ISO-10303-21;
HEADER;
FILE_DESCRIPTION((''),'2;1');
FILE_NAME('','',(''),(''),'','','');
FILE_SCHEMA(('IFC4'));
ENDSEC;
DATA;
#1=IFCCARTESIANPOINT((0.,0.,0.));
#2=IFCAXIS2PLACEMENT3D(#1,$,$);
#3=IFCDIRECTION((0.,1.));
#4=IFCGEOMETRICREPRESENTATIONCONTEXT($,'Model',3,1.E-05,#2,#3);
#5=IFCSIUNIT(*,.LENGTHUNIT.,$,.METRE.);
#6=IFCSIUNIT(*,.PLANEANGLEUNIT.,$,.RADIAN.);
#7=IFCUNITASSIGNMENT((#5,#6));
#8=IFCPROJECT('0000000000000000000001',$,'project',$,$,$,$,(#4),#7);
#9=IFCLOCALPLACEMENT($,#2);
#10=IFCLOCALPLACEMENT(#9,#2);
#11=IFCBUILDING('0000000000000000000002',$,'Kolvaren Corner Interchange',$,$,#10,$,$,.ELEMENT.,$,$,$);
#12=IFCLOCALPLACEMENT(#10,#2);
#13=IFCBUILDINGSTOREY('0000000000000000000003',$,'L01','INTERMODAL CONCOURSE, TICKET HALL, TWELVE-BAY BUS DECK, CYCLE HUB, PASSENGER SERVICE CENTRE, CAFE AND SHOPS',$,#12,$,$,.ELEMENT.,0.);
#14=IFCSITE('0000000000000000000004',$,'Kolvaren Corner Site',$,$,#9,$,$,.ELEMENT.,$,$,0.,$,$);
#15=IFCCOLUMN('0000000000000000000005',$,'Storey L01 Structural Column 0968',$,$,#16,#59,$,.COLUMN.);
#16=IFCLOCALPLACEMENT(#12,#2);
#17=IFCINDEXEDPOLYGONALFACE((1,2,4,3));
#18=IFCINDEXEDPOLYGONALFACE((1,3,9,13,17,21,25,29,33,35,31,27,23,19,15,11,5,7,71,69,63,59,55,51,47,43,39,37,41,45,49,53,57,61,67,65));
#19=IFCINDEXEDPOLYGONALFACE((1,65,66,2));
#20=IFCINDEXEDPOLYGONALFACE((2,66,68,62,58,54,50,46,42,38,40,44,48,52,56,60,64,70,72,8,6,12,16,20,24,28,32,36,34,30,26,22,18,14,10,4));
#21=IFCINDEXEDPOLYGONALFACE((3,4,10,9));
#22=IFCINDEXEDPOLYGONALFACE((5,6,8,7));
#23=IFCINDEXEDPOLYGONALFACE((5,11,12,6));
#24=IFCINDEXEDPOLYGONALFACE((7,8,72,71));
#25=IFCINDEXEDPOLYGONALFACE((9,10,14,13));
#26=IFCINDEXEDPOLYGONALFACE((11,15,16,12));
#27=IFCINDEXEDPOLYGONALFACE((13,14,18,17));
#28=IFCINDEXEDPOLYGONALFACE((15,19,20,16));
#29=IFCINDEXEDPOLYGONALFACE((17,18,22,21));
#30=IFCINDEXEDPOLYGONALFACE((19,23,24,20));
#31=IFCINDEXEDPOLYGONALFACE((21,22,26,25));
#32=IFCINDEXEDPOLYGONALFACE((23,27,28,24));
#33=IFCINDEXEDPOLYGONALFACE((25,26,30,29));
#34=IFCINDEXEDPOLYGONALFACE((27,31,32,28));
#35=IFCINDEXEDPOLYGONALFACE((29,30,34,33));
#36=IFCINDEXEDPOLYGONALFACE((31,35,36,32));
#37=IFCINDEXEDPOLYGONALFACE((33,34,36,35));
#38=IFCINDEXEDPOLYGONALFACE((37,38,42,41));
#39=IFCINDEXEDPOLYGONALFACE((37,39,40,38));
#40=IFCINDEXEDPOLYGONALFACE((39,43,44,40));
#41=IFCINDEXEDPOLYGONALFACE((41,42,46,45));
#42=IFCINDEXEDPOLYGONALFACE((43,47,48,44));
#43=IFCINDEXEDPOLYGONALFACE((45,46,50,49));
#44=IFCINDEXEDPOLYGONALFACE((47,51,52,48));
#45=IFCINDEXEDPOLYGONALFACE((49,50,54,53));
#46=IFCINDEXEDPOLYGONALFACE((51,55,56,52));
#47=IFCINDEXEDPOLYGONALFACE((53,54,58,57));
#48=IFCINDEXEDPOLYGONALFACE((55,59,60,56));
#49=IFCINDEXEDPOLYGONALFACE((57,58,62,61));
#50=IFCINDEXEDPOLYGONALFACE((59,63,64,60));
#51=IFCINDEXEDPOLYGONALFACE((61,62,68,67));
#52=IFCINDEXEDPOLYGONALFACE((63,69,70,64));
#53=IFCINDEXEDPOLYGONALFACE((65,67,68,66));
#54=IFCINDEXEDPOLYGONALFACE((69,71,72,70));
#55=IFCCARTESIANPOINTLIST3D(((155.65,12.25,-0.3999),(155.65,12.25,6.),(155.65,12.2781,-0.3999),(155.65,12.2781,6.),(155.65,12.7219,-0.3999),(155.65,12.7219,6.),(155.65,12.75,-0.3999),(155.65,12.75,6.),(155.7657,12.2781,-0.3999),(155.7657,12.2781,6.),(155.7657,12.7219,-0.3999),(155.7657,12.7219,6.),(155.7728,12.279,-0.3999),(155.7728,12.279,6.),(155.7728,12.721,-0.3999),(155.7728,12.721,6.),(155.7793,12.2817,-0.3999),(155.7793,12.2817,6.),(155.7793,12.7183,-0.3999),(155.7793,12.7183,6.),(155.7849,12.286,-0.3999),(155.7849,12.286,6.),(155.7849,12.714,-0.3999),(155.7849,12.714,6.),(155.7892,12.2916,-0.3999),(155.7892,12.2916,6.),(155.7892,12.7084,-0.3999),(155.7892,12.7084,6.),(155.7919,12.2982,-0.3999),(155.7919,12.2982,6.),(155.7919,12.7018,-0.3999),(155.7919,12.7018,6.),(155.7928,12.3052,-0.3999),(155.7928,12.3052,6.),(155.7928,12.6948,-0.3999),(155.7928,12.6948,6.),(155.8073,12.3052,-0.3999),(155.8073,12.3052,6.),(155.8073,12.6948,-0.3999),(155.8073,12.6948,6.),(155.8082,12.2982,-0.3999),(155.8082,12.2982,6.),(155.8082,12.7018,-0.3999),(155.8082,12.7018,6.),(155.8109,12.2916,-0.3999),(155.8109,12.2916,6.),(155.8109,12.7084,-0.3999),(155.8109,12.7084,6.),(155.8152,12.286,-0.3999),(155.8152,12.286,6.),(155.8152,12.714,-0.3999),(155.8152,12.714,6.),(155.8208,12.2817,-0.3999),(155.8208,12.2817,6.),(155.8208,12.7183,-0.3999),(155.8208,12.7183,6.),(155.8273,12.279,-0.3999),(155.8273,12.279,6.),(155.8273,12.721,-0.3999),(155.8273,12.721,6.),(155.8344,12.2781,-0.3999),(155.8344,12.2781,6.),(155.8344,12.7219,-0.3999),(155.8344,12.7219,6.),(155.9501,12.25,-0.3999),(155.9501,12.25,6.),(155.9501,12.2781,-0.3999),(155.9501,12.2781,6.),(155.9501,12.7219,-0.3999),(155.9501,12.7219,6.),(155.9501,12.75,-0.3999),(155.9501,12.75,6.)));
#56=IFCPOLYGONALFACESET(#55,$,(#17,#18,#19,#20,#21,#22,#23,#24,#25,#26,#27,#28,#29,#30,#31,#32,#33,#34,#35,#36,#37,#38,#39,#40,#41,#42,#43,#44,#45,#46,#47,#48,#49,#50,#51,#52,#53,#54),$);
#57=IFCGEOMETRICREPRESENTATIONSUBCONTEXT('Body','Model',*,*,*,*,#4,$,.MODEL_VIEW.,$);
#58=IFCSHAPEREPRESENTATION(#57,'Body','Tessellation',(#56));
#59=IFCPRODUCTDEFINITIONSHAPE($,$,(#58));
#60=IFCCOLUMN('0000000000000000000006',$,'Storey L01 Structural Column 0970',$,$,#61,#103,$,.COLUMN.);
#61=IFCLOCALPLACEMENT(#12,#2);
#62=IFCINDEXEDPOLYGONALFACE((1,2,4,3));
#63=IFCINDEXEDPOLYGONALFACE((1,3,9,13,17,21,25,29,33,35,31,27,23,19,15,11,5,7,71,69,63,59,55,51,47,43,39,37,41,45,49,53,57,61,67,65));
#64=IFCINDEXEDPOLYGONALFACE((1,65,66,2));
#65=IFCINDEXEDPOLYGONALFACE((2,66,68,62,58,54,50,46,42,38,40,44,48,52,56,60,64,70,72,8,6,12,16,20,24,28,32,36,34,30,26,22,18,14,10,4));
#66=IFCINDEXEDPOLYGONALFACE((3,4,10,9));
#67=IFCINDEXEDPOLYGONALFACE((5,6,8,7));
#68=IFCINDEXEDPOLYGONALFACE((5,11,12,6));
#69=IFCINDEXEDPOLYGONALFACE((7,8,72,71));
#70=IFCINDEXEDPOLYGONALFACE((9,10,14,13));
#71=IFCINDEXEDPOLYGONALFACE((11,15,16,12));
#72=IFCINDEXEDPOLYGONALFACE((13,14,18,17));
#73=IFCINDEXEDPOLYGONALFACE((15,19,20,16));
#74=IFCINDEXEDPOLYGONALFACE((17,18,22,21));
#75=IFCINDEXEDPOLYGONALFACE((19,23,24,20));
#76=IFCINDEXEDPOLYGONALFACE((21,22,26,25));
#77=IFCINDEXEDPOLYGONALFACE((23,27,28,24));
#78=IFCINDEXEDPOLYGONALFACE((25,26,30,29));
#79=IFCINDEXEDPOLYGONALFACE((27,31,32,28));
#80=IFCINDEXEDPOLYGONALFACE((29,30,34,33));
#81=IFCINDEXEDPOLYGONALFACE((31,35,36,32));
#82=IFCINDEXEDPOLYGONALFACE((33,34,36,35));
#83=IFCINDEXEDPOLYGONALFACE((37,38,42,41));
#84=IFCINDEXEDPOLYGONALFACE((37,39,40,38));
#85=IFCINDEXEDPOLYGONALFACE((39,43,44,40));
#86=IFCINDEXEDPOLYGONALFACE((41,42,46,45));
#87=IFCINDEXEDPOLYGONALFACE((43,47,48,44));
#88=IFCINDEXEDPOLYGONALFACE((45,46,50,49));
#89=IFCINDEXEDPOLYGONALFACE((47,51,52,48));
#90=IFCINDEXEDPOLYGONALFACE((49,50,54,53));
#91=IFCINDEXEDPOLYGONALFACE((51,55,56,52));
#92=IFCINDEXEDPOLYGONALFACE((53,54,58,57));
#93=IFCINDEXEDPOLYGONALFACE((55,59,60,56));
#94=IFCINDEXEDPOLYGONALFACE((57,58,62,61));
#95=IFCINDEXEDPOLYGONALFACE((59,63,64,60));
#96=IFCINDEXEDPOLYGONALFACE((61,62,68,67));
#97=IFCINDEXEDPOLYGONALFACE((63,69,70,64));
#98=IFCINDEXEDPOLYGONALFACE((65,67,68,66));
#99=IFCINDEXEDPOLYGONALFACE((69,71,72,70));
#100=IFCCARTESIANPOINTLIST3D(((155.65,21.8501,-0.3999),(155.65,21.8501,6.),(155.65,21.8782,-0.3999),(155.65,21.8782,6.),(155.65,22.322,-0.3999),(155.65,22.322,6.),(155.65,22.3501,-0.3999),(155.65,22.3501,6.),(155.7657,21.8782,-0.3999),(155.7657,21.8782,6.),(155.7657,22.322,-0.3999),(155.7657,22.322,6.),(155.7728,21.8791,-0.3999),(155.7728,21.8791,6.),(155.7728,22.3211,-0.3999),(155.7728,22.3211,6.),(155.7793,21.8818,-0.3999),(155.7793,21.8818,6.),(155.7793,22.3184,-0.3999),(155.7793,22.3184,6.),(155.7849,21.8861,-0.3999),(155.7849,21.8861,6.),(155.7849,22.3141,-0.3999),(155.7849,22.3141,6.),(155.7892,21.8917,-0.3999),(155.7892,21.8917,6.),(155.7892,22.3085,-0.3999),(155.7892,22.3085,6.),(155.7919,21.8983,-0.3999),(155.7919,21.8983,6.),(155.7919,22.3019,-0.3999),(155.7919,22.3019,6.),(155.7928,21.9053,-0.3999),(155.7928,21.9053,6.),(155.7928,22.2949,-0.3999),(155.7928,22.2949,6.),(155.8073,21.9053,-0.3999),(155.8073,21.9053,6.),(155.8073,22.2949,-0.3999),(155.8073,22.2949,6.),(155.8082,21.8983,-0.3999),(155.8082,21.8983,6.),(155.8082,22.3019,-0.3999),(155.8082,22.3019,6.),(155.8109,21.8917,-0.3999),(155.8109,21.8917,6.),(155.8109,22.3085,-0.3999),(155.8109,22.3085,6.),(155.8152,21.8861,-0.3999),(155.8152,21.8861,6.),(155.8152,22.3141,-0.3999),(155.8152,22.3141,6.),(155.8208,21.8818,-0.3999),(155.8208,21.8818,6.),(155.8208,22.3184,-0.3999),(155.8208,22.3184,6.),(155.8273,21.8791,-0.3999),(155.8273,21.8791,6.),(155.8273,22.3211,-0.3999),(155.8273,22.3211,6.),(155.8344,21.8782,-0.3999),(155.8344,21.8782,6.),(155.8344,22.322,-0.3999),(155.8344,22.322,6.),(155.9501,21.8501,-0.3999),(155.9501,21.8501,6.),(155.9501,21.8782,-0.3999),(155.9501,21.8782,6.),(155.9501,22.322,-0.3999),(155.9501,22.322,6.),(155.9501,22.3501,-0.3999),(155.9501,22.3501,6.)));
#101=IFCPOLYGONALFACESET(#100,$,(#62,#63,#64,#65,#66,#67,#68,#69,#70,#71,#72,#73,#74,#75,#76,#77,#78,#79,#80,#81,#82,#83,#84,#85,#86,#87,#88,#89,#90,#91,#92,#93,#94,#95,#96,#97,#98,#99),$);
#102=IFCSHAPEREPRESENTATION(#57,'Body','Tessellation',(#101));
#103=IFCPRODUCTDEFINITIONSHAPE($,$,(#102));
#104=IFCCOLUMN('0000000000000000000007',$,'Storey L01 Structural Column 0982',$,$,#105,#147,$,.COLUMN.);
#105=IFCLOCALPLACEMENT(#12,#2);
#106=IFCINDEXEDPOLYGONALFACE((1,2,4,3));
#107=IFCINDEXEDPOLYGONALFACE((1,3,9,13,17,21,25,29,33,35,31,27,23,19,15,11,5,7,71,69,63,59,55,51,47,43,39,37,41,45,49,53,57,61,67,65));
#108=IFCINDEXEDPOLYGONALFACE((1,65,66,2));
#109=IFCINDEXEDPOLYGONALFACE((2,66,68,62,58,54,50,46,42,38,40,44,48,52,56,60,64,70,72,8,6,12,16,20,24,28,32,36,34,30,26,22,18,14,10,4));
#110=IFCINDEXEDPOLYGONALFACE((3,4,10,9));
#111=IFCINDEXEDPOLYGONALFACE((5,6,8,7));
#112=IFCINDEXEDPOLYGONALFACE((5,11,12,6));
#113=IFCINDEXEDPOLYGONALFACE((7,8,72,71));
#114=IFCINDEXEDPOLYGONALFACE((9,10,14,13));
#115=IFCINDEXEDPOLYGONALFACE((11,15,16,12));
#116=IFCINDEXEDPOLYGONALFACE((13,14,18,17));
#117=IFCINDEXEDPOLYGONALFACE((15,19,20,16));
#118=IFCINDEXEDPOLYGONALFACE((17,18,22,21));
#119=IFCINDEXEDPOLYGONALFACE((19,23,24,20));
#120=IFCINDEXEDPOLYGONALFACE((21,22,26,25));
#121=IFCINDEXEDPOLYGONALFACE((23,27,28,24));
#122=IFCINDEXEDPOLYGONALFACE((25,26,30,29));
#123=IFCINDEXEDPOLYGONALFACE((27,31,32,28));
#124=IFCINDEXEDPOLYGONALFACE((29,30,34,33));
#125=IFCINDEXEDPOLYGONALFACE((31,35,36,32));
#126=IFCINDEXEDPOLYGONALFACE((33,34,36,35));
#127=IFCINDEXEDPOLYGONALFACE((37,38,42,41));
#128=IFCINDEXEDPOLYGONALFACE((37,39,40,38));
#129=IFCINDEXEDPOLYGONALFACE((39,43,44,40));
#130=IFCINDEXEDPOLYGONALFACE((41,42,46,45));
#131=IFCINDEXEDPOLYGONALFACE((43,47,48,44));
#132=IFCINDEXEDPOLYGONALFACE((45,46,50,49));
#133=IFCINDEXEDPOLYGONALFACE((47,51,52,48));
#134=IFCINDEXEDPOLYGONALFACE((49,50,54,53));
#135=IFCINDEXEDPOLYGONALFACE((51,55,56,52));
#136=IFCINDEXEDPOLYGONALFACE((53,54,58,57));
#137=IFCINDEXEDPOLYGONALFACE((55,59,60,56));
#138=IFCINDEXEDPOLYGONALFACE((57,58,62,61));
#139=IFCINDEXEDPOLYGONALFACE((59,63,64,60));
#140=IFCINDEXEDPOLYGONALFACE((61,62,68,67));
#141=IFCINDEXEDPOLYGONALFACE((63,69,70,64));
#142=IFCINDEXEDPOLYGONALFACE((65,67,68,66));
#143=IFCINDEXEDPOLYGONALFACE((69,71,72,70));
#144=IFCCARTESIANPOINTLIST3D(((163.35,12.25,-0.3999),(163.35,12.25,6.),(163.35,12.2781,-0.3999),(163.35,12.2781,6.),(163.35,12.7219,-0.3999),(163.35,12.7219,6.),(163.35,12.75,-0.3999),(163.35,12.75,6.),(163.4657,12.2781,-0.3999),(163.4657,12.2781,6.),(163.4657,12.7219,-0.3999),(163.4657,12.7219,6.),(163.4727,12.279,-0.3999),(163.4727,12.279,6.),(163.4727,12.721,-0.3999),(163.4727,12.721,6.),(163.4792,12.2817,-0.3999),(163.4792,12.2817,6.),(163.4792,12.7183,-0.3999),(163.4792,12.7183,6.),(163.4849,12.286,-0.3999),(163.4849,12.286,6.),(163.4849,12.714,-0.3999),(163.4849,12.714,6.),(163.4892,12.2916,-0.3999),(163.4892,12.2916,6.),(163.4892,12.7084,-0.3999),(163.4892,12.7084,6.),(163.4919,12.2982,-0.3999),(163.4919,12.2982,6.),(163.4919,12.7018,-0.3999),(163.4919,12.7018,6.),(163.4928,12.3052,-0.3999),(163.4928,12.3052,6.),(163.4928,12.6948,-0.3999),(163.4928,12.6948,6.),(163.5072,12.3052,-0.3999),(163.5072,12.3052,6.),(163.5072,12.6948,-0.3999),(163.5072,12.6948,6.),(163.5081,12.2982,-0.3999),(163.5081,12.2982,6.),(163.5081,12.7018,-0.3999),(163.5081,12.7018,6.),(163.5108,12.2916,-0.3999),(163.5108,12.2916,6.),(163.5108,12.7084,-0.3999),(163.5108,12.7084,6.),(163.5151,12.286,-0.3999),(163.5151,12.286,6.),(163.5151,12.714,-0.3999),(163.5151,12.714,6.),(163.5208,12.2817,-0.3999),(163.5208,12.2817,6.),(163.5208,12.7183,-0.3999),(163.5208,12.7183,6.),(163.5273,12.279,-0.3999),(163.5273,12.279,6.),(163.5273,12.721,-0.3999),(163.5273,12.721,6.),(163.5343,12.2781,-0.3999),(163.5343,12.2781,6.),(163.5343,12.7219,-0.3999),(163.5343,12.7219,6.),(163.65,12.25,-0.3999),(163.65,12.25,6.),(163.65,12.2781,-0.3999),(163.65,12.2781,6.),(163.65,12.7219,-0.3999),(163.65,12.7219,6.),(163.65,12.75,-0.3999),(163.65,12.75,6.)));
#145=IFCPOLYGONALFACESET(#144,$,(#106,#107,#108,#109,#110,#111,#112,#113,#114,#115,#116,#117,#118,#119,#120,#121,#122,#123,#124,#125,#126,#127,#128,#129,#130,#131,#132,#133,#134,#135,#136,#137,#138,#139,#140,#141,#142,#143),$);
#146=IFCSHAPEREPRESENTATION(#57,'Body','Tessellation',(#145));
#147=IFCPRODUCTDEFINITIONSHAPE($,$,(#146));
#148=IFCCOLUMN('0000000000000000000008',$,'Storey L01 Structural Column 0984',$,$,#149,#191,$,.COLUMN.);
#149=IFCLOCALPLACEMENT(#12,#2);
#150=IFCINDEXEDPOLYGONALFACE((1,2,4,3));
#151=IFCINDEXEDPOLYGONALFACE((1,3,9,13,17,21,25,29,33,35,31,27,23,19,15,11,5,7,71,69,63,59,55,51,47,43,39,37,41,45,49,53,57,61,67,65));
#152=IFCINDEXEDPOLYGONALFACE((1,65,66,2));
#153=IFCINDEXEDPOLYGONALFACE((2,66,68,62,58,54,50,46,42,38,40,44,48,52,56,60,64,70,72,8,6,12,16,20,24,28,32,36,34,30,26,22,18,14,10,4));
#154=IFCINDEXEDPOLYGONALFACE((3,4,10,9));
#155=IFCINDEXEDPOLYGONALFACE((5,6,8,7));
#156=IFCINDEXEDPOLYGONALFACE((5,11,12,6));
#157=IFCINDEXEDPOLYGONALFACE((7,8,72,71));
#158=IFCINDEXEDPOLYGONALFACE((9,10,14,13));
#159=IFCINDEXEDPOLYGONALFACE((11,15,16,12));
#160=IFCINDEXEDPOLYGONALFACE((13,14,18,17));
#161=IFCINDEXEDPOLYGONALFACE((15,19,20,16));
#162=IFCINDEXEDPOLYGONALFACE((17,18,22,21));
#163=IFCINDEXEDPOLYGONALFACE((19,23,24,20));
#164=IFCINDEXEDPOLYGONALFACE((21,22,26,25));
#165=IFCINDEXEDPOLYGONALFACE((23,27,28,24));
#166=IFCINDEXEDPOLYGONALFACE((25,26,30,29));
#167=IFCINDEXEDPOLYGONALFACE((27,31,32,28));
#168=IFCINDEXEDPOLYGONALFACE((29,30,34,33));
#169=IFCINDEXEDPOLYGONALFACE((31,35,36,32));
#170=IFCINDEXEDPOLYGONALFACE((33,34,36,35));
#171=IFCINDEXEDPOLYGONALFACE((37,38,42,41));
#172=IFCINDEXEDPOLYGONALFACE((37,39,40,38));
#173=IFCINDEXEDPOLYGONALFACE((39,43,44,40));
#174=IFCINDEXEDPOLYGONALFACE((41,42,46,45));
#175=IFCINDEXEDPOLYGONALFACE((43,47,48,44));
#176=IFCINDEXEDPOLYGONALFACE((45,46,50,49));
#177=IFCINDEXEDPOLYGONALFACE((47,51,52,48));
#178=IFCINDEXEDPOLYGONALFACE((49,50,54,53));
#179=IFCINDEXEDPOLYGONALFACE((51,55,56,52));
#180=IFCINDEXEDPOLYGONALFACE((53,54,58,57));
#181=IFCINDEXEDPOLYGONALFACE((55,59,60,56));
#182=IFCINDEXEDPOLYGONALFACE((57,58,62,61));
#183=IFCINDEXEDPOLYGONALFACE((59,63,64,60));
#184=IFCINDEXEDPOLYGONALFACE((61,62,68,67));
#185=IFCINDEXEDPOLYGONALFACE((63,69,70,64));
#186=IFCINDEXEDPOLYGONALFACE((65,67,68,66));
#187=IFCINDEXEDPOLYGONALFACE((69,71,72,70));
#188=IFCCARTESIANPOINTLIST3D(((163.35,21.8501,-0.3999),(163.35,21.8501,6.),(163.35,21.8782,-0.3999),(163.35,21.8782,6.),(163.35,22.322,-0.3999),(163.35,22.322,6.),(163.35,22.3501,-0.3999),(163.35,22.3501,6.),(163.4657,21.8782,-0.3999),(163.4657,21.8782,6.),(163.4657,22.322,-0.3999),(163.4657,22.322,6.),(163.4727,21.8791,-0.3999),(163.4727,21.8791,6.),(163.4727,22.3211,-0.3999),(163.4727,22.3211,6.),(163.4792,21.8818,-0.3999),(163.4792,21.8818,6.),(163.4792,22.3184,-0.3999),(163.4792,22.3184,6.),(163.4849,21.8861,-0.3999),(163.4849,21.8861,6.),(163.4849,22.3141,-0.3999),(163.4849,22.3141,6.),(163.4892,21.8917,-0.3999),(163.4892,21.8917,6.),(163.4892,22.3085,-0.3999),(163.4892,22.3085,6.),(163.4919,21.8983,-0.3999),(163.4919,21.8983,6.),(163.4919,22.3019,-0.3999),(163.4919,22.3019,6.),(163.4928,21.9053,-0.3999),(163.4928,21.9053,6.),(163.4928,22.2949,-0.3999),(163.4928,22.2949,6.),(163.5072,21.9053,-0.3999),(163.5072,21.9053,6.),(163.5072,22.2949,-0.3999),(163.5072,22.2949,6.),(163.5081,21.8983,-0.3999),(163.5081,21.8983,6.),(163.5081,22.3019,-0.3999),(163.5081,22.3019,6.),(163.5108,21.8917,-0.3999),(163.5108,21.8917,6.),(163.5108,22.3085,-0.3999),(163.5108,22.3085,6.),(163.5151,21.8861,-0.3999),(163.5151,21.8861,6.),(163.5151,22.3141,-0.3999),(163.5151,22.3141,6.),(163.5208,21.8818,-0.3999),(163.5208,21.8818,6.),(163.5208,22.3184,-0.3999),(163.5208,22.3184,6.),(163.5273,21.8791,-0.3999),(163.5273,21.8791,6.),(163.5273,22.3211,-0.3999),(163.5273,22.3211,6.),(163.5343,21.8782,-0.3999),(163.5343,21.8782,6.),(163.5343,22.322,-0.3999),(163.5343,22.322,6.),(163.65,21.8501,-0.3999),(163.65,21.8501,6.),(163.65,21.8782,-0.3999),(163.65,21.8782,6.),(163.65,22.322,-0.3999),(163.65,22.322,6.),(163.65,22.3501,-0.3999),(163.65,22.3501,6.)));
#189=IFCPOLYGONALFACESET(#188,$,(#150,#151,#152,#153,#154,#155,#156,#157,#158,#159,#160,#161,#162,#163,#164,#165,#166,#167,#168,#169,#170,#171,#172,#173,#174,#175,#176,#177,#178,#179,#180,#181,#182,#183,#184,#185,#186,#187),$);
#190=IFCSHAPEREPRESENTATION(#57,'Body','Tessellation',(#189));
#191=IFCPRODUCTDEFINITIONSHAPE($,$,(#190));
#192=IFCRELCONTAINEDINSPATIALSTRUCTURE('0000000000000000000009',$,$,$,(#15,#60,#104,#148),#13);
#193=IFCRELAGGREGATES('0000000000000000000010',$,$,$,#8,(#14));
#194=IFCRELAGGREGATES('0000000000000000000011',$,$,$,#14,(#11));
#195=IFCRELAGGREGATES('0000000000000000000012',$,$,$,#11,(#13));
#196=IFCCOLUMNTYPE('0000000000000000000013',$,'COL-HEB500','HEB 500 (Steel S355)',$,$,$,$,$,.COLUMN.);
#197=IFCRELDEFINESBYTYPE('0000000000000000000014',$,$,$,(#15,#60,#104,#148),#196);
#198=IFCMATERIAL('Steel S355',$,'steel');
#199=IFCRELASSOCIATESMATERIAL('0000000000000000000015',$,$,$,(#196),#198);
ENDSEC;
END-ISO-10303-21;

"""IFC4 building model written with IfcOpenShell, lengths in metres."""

from ifc_helpers import new_model, si_unit, direction, frame, origin, origin_2d, place, context, subcontext, project, spatial, i_section, extrude, material, material_profile, profile_set, type_object, element, save


model = new_model("IFC4")

# Units and contexts
model_context = context("Model", 3, precision=1e-05, world=origin(), true_north=direction((0.0, 1.0)))
body_context = subcontext(model_context, "Body", "Model", "MODEL_VIEW")
ifc_project = project(units=[si_unit("LENGTHUNIT", "METRE"), si_unit("PLANEANGLEUNIT", "RADIAN")], contexts=[model_context])

# Site, building, storey
site_placement = place(None, origin())
site = spatial("IfcSite", under=ifc_project, at=site_placement, Name="Kolvaren Corner Site", CompositionType="ELEMENT", RefElevation=0.0)
building_placement = place(site_placement, origin())
building = spatial("IfcBuilding", under=site, at=building_placement, Name="Kolvaren Corner Interchange", CompositionType="ELEMENT")
storey_placement = place(building_placement, origin())
storey = spatial("IfcBuildingStorey", under=building, at=storey_placement, Name="L01", Description="INTERMODAL CONCOURSE, TICKET HALL, TWELVE-BAY BUS DECK, CYCLE HUB, PASSENGER SERVICE CENTRE, CAFE AND SHOPS", CompositionType="ELEMENT", Elevation=0.0)

# Columns
ifc_material_1 = material(Name="Steel S355", Category="steel")
ifc_material_profile_1 = material_profile(ifc_material_1, i_section(OverallWidth=0.3, OverallDepth=0.5, WebThickness=0.0144, FlangeThickness=0.0281, FilletRadius=0.0271, at=origin_2d()), Name="HEB 500")
ifc_profile_set_1 = profile_set([ifc_material_profile_1], Name="Steel S355")
column_type = type_object("IfcColumnType", Name="COL-HEB500", Description="HEB 500 (Steel S355)", PredefinedType="COLUMN", material=ifc_profile_set_1)
for number, where, z_axis, x_axis, name in (
    (1, (155.8, 12.5, -0.3999), (0.0, 0.0, 1.0), (1.0, 0.0, 0.0), "Storey L01 Structural Column 0968"),
    (2, (155.8, 22.1001, -0.3999), (0.0, 0.0, 1.0), (1.0, 0.0, 0.0), "Storey L01 Structural Column 0970"),
    (3, (163.5, 12.5, -0.3999), (0.0, 0.0, 1.0), (1.0, 0.0, 0.0), "Storey L01 Structural Column 0982"),
    (4, (163.5, 22.1001, -0.3999), (0.0, 0.0, 1.0), (1.0, 0.0, 0.0), "Storey L01 Structural Column 0984"),
):
    element("IfcColumn", number, at=place(storey_placement, frame(where, z_axis=z_axis, x_axis=x_axis)), inside=storey, type_object=column_type, Name=name, PredefinedType="COLUMN", context=body_context, shape_type="SweptSolid", body=[
        extrude(i_section(OverallWidth=0.3, OverallDepth=0.5, WebThickness=0.0144, FlangeThickness=0.0281, FilletRadius=0.0271, at=origin_2d()), origin(), (0.0, 0.0, 1.0), 6.3999),
    ])

save(model, "model.ifc")
